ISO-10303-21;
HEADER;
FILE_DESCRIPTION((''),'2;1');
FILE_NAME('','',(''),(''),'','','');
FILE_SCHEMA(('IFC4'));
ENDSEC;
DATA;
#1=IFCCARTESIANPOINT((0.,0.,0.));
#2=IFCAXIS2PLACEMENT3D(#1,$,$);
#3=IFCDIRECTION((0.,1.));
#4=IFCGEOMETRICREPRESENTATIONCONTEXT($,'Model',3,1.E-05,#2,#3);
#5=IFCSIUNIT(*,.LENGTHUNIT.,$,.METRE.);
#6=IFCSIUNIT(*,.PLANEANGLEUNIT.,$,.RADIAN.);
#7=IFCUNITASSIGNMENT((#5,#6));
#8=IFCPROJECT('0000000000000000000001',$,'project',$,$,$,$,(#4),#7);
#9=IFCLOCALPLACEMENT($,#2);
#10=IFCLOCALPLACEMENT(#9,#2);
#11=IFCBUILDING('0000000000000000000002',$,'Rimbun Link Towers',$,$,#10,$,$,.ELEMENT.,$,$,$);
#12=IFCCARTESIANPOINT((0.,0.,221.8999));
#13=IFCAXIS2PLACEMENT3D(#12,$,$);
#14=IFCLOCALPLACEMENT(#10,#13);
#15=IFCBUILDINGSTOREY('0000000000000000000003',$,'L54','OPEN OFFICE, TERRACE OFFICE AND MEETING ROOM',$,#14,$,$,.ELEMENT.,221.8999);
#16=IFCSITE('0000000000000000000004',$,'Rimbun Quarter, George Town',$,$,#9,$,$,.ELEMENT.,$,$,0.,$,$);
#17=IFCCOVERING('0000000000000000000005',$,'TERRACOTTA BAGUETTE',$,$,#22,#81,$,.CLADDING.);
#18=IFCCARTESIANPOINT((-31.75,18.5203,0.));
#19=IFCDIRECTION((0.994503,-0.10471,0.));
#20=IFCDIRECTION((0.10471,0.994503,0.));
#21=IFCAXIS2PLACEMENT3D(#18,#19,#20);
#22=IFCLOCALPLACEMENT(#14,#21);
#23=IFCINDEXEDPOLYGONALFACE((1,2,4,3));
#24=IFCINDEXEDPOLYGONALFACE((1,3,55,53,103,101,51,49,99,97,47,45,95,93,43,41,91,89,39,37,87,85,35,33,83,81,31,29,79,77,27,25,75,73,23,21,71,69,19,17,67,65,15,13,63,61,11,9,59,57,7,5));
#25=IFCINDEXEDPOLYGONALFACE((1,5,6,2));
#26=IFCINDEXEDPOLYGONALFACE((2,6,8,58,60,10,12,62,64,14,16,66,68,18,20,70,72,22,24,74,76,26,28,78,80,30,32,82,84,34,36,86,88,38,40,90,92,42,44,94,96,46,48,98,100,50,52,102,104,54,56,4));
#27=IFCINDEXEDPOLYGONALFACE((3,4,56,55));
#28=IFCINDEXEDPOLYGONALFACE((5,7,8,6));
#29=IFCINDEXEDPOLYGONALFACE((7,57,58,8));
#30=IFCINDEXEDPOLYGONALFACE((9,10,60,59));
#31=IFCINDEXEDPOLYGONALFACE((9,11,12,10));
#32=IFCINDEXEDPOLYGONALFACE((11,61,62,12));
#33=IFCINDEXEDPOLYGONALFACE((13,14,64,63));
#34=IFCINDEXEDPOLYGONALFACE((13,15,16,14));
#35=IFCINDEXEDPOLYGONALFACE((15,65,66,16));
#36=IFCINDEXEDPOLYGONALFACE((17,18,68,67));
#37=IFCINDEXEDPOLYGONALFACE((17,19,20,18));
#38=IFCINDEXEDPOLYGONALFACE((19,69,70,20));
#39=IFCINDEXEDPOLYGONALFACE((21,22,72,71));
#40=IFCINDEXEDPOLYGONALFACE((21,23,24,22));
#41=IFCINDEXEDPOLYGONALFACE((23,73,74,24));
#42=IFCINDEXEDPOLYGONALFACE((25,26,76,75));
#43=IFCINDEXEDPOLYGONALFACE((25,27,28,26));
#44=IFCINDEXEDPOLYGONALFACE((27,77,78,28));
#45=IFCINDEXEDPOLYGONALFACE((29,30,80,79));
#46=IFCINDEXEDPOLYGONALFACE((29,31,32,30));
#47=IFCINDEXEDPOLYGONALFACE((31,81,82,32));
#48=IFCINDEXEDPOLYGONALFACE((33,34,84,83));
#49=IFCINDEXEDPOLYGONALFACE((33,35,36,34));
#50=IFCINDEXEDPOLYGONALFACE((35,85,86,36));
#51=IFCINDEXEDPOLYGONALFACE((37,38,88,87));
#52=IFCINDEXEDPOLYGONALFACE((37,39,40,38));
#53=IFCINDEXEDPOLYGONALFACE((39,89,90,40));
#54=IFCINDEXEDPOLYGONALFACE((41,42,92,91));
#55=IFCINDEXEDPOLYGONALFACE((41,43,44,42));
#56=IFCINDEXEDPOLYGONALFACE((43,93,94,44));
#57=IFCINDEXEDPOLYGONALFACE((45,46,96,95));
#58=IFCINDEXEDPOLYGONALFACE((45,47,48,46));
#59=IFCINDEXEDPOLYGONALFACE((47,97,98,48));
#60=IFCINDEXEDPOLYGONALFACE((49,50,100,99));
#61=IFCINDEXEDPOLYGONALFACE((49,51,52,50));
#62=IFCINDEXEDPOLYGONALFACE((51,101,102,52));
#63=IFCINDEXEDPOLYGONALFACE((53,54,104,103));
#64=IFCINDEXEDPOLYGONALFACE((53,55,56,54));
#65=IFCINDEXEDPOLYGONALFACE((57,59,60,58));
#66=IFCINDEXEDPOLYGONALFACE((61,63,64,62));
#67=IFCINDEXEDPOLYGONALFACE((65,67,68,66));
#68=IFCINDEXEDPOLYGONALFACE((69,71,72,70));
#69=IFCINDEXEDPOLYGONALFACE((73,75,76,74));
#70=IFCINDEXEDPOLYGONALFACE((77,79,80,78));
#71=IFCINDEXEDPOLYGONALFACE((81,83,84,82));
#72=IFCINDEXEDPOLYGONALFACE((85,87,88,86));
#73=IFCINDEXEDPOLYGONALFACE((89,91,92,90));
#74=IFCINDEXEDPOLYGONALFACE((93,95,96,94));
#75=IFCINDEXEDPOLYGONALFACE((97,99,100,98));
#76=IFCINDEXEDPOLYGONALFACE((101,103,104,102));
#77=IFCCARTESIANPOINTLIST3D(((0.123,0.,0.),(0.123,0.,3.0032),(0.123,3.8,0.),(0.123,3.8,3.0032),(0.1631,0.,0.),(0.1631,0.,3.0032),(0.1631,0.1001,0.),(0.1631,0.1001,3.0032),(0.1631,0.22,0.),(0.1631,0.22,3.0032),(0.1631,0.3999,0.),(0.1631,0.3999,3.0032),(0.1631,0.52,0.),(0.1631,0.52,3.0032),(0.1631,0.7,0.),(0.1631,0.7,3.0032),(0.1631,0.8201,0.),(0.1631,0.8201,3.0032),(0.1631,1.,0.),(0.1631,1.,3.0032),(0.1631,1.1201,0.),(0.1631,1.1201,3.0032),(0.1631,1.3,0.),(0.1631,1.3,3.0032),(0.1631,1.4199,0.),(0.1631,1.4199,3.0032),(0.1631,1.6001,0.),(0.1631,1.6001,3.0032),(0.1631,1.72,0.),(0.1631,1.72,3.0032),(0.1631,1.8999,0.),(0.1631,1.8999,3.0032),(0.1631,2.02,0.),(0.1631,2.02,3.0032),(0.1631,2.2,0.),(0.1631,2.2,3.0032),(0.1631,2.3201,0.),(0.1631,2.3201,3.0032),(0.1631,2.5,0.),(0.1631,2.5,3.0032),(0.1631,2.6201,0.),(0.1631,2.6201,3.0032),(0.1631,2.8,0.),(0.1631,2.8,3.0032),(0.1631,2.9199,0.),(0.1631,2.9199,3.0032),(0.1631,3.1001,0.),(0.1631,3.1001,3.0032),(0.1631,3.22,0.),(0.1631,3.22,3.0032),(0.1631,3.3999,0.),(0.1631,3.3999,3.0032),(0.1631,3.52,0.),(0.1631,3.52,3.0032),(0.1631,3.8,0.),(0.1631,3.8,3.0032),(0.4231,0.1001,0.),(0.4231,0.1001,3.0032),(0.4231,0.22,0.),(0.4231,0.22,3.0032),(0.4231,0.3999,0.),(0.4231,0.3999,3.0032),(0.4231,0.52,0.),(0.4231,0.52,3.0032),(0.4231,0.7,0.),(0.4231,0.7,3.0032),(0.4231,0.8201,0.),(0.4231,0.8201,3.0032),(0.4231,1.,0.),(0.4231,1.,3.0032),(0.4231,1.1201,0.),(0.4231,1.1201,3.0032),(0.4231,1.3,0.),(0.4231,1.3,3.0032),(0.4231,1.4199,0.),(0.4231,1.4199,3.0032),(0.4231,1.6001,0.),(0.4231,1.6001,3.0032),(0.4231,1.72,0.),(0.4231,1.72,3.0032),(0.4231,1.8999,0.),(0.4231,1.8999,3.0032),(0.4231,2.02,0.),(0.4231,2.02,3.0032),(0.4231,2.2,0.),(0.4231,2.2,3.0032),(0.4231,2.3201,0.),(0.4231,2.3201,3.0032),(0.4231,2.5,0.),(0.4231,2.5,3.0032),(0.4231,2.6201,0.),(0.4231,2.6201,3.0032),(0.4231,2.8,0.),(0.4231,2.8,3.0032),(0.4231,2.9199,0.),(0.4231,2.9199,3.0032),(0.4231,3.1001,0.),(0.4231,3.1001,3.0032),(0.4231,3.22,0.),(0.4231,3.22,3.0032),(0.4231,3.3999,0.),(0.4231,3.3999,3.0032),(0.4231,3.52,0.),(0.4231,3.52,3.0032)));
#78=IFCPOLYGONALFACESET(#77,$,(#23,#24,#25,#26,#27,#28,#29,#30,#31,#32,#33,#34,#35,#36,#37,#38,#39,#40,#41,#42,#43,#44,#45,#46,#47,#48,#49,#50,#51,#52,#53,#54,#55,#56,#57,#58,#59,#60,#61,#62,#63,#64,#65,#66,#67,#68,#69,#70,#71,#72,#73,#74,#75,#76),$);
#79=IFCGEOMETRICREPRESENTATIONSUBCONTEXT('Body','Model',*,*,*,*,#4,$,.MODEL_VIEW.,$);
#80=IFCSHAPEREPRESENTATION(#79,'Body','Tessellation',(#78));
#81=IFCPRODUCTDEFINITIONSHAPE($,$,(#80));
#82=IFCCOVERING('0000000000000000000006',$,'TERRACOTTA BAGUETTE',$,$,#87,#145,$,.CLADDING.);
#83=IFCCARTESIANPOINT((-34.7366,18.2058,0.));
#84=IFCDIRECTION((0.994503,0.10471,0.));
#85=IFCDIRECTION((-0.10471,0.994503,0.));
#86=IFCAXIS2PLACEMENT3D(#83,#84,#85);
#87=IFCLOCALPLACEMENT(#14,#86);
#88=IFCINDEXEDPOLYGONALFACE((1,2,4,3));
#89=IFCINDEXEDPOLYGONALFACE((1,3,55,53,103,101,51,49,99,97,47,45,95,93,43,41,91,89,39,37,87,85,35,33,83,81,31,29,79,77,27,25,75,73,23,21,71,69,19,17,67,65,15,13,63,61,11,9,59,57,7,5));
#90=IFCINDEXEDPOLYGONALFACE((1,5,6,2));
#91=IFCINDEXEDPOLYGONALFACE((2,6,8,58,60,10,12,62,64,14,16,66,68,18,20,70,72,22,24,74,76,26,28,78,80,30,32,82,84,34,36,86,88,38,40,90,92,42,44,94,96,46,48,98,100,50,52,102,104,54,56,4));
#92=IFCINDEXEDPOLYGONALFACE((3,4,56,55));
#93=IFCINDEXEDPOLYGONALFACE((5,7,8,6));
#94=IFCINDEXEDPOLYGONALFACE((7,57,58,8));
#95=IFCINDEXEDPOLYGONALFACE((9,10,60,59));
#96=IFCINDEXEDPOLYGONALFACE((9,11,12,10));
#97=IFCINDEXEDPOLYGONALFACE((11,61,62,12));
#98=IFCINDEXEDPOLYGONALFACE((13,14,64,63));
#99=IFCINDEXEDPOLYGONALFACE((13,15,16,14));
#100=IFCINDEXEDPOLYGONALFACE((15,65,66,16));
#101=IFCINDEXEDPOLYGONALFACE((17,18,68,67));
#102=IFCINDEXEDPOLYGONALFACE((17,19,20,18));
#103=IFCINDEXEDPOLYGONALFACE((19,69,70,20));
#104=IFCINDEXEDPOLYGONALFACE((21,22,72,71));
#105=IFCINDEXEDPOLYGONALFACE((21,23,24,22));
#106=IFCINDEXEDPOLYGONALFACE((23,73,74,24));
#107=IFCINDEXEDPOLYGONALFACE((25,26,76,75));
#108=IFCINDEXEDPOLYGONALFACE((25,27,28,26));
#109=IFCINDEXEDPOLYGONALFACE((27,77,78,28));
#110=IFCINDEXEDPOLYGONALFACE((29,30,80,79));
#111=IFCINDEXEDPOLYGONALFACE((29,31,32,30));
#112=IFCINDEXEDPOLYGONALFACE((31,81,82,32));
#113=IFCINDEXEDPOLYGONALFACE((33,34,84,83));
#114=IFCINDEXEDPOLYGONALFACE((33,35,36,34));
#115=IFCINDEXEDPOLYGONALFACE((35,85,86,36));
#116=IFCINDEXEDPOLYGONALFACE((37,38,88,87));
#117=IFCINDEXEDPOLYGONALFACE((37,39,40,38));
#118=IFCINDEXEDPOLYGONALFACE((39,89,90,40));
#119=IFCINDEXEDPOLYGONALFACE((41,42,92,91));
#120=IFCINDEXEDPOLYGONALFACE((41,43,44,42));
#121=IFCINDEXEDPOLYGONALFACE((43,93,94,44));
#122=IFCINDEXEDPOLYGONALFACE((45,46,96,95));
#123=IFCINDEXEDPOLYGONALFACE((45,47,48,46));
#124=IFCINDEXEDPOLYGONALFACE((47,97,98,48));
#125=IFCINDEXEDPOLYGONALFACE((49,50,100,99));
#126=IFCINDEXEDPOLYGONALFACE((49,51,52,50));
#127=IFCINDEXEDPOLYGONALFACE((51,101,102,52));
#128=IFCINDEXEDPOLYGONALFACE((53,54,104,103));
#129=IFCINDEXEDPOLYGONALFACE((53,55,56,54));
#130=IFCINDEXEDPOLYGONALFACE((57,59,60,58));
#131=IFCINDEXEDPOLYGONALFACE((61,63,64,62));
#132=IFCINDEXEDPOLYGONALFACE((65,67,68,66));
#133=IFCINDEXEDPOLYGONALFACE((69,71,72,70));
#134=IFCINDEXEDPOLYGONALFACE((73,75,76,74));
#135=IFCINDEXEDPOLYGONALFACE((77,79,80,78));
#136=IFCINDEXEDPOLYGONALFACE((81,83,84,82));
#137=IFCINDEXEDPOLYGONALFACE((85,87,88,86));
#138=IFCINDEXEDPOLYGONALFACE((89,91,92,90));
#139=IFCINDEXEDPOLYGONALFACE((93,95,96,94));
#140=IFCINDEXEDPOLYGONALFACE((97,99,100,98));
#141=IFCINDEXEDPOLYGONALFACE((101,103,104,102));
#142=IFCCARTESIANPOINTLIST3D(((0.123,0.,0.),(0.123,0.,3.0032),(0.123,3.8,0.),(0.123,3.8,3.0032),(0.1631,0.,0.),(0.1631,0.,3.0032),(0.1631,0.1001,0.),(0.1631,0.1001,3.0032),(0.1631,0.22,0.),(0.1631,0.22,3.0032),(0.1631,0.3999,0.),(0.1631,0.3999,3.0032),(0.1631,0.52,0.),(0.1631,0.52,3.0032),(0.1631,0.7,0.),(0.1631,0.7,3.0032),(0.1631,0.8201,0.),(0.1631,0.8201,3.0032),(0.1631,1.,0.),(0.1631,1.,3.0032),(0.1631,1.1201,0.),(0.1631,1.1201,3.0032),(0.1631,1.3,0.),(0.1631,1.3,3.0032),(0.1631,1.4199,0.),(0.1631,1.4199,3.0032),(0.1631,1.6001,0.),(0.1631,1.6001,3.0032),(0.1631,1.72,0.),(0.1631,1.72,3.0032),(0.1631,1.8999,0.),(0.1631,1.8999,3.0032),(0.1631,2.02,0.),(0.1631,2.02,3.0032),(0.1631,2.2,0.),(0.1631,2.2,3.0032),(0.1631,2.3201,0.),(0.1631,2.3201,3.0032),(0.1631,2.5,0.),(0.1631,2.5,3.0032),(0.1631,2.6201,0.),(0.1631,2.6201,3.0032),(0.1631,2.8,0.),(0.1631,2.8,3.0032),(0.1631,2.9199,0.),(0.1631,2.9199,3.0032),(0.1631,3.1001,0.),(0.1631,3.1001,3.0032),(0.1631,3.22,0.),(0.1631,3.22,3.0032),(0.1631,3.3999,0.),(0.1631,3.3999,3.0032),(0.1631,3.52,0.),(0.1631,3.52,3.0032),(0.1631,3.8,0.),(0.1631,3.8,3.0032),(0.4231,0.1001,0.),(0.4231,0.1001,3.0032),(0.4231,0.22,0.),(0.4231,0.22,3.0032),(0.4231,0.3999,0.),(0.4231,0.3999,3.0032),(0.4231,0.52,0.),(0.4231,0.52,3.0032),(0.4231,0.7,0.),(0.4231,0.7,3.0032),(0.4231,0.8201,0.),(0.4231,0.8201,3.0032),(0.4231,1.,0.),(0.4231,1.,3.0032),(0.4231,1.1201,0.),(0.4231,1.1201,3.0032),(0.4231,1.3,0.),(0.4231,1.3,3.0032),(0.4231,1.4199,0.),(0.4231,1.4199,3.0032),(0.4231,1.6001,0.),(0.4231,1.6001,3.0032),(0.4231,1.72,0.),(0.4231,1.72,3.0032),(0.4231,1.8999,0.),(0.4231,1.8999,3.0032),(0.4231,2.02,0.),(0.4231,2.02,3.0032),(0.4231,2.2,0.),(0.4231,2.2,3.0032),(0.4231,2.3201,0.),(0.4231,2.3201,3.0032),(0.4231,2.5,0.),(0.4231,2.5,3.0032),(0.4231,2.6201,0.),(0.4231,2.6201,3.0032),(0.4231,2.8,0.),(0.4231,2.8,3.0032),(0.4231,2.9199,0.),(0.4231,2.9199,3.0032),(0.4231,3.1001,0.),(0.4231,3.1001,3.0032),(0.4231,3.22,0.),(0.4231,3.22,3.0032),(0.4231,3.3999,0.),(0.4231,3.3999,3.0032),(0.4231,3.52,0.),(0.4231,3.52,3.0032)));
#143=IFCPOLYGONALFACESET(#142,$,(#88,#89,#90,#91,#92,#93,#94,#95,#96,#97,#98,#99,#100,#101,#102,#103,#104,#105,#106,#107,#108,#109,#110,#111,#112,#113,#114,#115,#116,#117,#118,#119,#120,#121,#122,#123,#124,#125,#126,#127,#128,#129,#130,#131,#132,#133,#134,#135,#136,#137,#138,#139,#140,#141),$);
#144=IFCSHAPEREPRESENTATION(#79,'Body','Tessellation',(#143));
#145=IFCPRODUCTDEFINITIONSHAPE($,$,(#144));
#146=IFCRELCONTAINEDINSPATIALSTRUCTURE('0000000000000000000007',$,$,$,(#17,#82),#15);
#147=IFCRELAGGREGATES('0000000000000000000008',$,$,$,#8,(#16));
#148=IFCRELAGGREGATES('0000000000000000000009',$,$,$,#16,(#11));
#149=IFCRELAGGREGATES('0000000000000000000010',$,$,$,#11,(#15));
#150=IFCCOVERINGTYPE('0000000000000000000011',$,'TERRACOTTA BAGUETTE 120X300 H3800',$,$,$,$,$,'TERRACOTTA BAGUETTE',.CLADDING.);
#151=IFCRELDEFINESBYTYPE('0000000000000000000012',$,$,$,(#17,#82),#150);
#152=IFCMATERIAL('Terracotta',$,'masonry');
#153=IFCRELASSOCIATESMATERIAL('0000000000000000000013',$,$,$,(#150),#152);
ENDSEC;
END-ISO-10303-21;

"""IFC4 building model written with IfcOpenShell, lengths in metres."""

from ifc_helpers import new_model, si_unit, direction, frame, origin, place, context, subcontext, project, spatial, polyline, outline, extrude, material, material_profile, profile_set, type_object, element, save


model = new_model("IFC4")

# Units and contexts
model_context = context("Model", 3, precision=1e-05, world=origin(), true_north=direction((0.0, 1.0)))
body_context = subcontext(model_context, "Body", "Model", "MODEL_VIEW")
ifc_project = project(units=[si_unit("LENGTHUNIT", "METRE"), si_unit("PLANEANGLEUNIT", "RADIAN")], contexts=[model_context])

# Site, building, storey
site_placement = place(None, origin())
site = spatial("IfcSite", under=ifc_project, at=site_placement, Name="Rimbun Quarter, George Town", CompositionType="ELEMENT", RefElevation=0.0)
building_placement = place(site_placement, origin())
building = spatial("IfcBuilding", under=site, at=building_placement, Name="Rimbun Link Towers", CompositionType="ELEMENT")
storey_placement = place(building_placement, frame((0.0, 0.0, 221.8999)))
storey = spatial("IfcBuildingStorey", under=building, at=storey_placement, Name="L54", Description="OPEN OFFICE, TERRACE OFFICE AND MEETING ROOM", CompositionType="ELEMENT", Elevation=221.8999)

# Coverings
ifc_material_1 = material(Name="Terracotta", Category="masonry")
ifc_material_profile_1 = material_profile(ifc_material_1, outline(polyline([(0.123, 0.0), (0.1631, 0.0), (0.1631, 0.1001), (0.4231, 0.1001), (0.4231, 0.22), (0.1631, 0.22), (0.1631, 0.3999), (0.4231, 0.3999), (0.4231, 0.52), (0.1631, 0.52), (0.1631, 0.7), (0.4231, 0.7), (0.4231, 0.8201), (0.1631, 0.8201), (0.1631, 1.0), (0.4231, 1.0), (0.4231, 1.1201), (0.1631, 1.1201), (0.1631, 1.3), (0.4231, 1.3), (0.4231, 1.4199), (0.1631, 1.4199), (0.1631, 1.6001), (0.4231, 1.6001), (0.4231, 1.72), (0.1631, 1.72), (0.1631, 1.8999), (0.4231, 1.8999), (0.4231, 2.02), (0.1631, 2.02), (0.1631, 2.2), (0.4231, 2.2), (0.4231, 2.3201), (0.1631, 2.3201), (0.1631, 2.5), (0.4231, 2.5), (0.4231, 2.6201), (0.1631, 2.6201), (0.1631, 2.8), (0.4231, 2.8), (0.4231, 2.9199), (0.1631, 2.9199), (0.1631, 3.1001), (0.4231, 3.1001), (0.4231, 3.22), (0.1631, 3.22), (0.1631, 3.3999), (0.4231, 3.3999), (0.4231, 3.52), (0.1631, 3.52), (0.1631, 3.8), (0.123, 3.8), (0.123, 0.0)])), Name="BAGUETTE 120X300")
ifc_profile_set_1 = profile_set([ifc_material_profile_1], Name="Terracotta")
covering_type = type_object("IfcCoveringType", Name="TERRACOTTA BAGUETTE 120X300 H3800", ElementType="TERRACOTTA BAGUETTE", PredefinedType="CLADDING", material=ifc_profile_set_1)
for number, where, z_axis, x_axis, name in (
    (1, (-31.75, 18.5203, 0.0), (0.994503, -0.10471, 0.0), (0.10471, 0.994503, 0.0), "TERRACOTTA BAGUETTE"),
    (2, (-34.7366, 18.2058, 0.0), (0.994503, 0.10471, 0.0), (-0.10471, 0.994503, 0.0), "TERRACOTTA BAGUETTE"),
):
    element("IfcCovering", number, at=place(storey_placement, frame(where, z_axis=z_axis, x_axis=x_axis)), inside=storey, type_object=covering_type, Name=name, PredefinedType="CLADDING", context=body_context, shape_type="SweptSolid", body=[
        extrude(outline(polyline([(0.123, 0.0), (0.1631, 0.0), (0.1631, 0.1001), (0.4231, 0.1001), (0.4231, 0.22), (0.1631, 0.22), (0.1631, 0.3999), (0.4231, 0.3999), (0.4231, 0.52), (0.1631, 0.52), (0.1631, 0.7), (0.4231, 0.7), (0.4231, 0.8201), (0.1631, 0.8201), (0.1631, 1.0), (0.4231, 1.0), (0.4231, 1.1201), (0.1631, 1.1201), (0.1631, 1.3), (0.4231, 1.3), (0.4231, 1.4199), (0.1631, 1.4199), (0.1631, 1.6001), (0.4231, 1.6001), (0.4231, 1.72), (0.1631, 1.72), (0.1631, 1.8999), (0.4231, 1.8999), (0.4231, 2.02), (0.1631, 2.02), (0.1631, 2.2), (0.4231, 2.2), (0.4231, 2.3201), (0.1631, 2.3201), (0.1631, 2.5), (0.4231, 2.5), (0.4231, 2.6201), (0.1631, 2.6201), (0.1631, 2.8), (0.4231, 2.8), (0.4231, 2.9199), (0.1631, 2.9199), (0.1631, 3.1001), (0.4231, 3.1001), (0.4231, 3.22), (0.1631, 3.22), (0.1631, 3.3999), (0.4231, 3.3999), (0.4231, 3.52), (0.1631, 3.52), (0.1631, 3.8), (0.123, 3.8), (0.123, 0.0)])), origin(), (0.0, 0.0, 1.0), 3.0032),
    ])

save(model, "model.ifc")
